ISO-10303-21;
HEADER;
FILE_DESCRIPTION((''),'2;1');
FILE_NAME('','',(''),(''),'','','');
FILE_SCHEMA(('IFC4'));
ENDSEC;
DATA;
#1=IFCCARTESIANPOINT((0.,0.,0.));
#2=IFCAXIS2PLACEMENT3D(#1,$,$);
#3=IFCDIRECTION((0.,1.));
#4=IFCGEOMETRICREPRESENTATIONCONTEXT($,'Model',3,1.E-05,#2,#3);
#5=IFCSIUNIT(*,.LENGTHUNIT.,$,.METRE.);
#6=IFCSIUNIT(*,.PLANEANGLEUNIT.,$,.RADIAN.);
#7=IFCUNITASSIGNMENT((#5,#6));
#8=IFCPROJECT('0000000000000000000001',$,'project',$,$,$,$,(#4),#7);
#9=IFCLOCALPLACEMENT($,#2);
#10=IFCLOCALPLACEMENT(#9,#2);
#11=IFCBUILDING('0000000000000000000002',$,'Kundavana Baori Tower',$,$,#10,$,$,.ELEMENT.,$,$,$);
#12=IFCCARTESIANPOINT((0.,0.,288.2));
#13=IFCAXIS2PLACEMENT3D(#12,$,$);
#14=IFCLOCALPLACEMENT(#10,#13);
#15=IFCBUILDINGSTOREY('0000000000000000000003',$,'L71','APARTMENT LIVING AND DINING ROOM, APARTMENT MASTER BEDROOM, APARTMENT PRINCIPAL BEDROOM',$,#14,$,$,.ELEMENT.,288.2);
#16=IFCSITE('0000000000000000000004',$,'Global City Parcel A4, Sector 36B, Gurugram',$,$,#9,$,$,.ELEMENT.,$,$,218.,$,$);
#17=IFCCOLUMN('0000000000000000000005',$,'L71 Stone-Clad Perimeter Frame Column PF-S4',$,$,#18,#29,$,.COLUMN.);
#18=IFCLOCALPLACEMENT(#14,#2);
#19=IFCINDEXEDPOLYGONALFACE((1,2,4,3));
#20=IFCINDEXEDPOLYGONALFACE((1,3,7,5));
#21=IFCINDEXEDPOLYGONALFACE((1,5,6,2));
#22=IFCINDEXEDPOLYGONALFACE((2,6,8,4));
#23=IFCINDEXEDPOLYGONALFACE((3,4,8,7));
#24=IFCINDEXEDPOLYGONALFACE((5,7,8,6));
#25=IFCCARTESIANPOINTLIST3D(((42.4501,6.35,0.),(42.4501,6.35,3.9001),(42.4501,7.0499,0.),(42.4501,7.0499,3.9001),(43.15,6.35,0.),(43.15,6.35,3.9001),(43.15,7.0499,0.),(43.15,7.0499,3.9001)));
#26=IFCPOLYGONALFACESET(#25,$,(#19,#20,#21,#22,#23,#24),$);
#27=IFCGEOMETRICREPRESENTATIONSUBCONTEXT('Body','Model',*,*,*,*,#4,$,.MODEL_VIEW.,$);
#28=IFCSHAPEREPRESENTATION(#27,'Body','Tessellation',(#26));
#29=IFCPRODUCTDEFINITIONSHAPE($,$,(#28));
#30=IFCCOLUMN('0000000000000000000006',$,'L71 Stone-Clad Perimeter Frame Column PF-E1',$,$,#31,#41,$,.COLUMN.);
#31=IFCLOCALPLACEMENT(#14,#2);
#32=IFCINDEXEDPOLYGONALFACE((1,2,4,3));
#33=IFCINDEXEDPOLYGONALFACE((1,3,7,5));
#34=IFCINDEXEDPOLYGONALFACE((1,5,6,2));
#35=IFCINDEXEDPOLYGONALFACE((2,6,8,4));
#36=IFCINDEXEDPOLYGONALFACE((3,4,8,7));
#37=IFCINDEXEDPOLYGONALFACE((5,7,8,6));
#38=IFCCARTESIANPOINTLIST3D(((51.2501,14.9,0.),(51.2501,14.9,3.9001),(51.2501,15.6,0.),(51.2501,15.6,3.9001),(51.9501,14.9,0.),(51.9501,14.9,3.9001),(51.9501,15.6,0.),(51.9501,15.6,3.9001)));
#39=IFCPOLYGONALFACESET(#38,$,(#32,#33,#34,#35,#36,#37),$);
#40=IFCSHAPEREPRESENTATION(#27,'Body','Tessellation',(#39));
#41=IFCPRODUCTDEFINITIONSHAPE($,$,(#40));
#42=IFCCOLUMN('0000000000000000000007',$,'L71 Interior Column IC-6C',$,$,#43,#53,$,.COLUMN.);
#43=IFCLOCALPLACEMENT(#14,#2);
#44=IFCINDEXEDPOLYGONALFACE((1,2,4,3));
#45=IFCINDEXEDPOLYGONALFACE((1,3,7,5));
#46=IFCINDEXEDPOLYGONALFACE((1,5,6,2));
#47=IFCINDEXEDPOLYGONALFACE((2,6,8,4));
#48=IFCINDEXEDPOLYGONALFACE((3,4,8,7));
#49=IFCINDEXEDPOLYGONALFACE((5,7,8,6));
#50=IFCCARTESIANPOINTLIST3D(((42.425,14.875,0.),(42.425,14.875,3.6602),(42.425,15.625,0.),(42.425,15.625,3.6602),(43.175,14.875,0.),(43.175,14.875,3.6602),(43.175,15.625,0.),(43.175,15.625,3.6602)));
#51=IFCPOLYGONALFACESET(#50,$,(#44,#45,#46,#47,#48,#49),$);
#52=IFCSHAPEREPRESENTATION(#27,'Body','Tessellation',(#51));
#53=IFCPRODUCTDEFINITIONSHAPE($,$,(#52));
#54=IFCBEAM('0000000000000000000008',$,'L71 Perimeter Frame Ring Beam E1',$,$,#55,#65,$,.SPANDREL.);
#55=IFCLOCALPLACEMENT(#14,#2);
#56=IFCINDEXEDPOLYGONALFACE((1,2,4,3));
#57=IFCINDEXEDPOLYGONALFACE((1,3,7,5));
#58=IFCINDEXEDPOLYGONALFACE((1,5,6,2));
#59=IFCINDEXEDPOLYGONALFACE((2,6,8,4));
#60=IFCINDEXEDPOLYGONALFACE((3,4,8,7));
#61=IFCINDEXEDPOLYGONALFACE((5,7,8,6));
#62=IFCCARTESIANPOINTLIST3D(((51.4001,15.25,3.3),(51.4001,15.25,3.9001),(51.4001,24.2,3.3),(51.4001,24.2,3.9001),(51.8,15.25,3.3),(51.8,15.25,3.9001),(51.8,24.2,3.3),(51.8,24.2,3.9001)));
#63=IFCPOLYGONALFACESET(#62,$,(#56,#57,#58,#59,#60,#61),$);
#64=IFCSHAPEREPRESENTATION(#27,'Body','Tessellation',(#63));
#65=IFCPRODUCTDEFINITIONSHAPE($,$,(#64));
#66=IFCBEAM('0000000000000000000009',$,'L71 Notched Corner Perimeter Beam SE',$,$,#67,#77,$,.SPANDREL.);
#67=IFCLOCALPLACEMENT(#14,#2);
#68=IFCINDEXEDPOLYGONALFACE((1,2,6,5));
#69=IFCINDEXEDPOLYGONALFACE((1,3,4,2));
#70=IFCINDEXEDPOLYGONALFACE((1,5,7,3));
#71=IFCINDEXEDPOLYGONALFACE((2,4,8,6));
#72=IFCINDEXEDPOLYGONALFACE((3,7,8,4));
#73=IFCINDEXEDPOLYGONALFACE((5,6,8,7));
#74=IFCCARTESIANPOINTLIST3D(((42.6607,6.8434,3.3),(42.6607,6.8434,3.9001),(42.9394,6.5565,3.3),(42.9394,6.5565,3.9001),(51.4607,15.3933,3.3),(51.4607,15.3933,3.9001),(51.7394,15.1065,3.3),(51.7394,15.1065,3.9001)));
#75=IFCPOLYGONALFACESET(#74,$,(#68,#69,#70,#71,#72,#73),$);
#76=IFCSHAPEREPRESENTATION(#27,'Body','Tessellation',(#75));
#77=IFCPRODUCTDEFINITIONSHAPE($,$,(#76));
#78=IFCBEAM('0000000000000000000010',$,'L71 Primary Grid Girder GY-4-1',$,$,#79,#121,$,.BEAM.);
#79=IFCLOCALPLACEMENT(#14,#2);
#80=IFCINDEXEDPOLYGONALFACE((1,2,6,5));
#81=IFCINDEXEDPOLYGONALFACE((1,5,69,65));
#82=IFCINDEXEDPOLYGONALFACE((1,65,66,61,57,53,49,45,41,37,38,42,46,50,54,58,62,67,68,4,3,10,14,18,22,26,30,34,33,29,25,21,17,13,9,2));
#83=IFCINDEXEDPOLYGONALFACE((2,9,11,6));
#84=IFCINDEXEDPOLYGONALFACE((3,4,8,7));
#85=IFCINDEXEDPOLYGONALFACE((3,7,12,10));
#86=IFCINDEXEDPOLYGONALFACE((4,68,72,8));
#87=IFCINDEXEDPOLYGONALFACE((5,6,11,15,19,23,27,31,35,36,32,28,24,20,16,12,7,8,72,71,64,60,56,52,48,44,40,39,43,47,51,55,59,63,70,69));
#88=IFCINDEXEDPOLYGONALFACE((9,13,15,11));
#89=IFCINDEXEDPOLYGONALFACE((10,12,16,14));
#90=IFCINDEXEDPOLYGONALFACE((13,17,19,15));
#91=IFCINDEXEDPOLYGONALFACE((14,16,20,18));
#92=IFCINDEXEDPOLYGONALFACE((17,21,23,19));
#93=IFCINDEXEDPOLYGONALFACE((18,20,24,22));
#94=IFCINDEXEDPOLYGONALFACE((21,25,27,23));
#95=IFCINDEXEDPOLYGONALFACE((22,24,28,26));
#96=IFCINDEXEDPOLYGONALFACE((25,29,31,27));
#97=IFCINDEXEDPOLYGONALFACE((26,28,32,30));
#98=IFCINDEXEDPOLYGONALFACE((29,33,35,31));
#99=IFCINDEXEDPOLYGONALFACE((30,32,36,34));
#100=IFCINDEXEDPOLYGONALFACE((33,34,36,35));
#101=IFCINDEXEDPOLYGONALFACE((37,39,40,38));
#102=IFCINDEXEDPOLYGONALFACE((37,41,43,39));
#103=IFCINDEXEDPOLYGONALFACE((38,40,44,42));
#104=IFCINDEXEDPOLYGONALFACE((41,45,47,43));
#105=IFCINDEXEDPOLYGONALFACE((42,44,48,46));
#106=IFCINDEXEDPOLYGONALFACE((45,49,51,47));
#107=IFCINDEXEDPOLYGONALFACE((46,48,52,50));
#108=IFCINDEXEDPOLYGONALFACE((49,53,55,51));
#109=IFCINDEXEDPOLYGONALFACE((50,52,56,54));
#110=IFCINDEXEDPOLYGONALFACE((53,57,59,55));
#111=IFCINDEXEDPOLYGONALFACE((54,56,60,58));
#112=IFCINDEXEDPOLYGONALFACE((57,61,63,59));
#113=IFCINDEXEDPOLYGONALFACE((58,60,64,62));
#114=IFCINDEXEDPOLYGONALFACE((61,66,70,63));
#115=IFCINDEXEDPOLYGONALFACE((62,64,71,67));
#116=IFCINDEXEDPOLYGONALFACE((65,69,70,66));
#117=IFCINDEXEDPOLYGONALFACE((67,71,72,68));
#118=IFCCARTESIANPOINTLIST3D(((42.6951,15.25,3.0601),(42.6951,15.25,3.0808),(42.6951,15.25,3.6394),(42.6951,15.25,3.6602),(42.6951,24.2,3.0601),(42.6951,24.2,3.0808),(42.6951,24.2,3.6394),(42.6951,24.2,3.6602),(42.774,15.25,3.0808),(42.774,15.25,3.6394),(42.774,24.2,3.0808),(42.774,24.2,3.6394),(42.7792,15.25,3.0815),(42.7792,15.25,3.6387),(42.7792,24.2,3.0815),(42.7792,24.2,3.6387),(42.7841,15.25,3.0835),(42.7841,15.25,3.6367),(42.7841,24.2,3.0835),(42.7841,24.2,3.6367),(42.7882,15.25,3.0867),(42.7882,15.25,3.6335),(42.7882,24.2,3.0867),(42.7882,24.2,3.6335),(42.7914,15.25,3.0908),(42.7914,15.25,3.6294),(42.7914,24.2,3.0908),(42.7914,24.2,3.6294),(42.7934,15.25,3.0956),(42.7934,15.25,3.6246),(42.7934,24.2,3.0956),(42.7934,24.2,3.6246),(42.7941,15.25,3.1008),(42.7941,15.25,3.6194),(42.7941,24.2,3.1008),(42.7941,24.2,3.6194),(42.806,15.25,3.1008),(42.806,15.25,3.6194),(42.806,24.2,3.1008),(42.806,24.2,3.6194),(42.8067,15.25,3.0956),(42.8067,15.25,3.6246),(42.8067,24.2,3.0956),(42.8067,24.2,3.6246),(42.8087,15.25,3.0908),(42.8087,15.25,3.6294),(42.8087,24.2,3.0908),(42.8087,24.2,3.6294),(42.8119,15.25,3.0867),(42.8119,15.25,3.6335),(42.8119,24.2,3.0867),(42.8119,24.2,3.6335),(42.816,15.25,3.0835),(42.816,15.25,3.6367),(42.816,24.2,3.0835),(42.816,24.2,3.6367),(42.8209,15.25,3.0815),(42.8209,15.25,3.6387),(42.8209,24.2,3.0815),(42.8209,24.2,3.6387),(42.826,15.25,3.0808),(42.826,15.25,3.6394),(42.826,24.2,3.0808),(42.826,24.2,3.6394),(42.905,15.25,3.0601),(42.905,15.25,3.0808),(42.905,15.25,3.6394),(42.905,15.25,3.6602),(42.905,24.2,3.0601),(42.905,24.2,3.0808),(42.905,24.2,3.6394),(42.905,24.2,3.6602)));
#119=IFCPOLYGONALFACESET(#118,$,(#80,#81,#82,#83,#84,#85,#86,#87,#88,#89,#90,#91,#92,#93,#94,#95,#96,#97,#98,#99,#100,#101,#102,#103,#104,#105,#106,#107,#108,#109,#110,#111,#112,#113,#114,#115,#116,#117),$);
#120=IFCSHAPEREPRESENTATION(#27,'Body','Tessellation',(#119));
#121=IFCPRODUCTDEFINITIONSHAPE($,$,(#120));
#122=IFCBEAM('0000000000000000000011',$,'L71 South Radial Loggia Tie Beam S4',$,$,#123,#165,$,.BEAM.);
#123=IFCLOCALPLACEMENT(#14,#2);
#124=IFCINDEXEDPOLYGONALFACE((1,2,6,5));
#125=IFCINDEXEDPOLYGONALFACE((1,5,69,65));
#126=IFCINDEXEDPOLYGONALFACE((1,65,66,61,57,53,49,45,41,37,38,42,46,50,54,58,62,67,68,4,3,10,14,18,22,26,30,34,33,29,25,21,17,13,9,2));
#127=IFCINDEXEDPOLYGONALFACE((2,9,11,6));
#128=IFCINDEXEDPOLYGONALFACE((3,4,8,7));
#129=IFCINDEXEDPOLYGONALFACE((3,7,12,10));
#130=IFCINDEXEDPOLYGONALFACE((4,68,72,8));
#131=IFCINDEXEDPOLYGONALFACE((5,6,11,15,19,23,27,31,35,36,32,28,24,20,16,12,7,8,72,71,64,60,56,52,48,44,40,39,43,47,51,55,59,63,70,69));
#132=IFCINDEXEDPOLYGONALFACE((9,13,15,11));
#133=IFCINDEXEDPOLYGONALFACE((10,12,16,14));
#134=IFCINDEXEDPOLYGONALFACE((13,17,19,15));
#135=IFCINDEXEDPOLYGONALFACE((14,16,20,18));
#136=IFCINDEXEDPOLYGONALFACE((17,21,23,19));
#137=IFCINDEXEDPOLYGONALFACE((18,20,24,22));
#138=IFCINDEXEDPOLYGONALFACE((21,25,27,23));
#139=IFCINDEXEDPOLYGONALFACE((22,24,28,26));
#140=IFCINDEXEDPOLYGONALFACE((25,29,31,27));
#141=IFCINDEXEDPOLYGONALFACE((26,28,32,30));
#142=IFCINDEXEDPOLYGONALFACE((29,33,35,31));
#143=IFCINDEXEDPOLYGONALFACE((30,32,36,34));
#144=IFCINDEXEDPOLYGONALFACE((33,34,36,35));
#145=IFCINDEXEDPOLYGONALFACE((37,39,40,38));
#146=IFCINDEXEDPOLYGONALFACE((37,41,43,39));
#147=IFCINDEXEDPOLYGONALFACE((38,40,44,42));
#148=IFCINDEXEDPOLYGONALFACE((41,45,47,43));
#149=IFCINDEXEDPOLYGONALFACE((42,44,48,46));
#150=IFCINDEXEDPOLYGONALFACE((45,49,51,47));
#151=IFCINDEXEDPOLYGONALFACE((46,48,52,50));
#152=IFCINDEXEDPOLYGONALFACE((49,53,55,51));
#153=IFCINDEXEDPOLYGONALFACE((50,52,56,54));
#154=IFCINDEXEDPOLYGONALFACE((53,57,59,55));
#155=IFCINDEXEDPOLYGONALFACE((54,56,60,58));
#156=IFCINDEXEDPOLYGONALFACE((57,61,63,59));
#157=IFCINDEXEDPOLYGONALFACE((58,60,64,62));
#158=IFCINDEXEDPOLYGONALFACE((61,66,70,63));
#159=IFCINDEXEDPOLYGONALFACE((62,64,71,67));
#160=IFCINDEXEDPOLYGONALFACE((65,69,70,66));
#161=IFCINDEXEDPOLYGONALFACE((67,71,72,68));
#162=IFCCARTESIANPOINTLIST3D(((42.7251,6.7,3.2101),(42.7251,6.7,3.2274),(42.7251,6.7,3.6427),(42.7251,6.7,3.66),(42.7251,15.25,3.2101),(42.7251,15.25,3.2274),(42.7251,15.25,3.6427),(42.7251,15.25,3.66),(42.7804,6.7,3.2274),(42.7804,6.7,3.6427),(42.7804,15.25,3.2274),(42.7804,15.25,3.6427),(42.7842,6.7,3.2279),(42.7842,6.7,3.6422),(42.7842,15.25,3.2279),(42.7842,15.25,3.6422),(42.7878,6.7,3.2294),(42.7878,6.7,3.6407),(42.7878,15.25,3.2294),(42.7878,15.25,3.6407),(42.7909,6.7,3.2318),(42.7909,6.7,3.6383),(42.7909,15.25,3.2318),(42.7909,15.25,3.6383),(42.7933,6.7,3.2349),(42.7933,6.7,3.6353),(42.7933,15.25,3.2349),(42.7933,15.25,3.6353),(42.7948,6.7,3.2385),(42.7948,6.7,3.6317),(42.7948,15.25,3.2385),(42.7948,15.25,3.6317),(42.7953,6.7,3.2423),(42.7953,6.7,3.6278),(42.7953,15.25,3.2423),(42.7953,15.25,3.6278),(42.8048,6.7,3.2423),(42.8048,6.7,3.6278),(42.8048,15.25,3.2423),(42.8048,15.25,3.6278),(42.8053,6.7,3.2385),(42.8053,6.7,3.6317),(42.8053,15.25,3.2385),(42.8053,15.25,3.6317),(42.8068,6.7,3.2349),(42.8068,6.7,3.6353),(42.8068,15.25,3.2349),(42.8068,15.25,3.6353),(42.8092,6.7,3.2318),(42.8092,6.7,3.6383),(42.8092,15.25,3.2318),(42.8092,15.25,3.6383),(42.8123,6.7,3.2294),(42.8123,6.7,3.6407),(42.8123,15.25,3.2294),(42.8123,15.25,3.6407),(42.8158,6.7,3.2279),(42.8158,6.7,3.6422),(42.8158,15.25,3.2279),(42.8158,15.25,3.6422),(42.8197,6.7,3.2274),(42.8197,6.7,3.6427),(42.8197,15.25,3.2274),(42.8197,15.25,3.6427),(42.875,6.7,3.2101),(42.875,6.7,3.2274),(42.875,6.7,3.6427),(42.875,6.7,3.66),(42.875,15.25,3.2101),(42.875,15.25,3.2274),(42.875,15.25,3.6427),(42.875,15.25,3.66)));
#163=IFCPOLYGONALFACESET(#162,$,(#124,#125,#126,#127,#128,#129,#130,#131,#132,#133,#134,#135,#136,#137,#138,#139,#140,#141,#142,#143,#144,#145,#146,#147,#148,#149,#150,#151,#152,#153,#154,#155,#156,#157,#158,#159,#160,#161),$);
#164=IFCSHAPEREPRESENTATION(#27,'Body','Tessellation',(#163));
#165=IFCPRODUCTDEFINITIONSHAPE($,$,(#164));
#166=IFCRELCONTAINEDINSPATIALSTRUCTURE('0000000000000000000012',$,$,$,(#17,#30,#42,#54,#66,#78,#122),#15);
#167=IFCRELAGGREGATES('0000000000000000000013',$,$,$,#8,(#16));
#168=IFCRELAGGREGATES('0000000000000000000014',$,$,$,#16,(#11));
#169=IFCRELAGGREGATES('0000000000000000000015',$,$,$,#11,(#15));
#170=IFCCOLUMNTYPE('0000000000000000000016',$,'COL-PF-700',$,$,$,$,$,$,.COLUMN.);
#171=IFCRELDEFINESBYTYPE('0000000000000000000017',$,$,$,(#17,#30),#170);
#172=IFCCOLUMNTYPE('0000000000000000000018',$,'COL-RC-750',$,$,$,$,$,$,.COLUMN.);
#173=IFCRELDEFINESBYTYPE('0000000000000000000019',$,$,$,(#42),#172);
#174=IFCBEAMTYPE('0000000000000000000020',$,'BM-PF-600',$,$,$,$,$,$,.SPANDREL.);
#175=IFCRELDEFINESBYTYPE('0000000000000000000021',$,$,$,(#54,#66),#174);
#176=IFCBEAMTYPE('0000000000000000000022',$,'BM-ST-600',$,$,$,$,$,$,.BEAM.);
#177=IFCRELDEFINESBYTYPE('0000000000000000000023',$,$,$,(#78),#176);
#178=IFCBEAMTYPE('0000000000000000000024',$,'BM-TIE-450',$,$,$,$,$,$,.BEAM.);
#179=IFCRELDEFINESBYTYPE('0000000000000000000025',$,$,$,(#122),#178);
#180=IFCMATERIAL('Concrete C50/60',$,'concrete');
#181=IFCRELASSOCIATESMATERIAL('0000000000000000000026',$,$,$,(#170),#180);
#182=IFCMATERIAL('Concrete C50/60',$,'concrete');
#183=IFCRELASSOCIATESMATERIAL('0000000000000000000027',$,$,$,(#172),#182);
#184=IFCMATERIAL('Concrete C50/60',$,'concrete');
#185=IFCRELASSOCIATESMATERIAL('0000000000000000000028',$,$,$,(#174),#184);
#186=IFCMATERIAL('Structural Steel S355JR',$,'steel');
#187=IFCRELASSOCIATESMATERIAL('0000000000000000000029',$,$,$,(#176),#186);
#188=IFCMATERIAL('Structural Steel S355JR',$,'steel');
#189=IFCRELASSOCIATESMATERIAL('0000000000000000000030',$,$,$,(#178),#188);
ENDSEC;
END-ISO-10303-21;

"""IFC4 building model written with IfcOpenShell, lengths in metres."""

from ifc_helpers import new_model, si_unit, direction, frame, origin, origin_2d, place, context, subcontext, project, spatial, rectangle, i_section, extrude, material, material_profile, profile_set, type_object, element, save


model = new_model("IFC4")

# Units and contexts
model_context = context("Model", 3, precision=1e-05, world=origin(), true_north=direction((0.0, 1.0)))
body_context = subcontext(model_context, "Body", "Model", "MODEL_VIEW")
ifc_project = project(units=[si_unit("LENGTHUNIT", "METRE"), si_unit("PLANEANGLEUNIT", "RADIAN")], contexts=[model_context])

# Site, building, storey
site_placement = place(None, origin())
site = spatial("IfcSite", under=ifc_project, at=site_placement, Name="Global City Parcel A4, Sector 36B, Gurugram", CompositionType="ELEMENT", RefElevation=218.0)
building_placement = place(site_placement, origin())
building = spatial("IfcBuilding", under=site, at=building_placement, Name="Kundavana Baori Tower", CompositionType="ELEMENT")
storey_placement = place(building_placement, frame((0.0, 0.0, 288.2)))
storey = spatial("IfcBuildingStorey", under=building, at=storey_placement, Name="L71", Description="APARTMENT LIVING AND DINING ROOM, APARTMENT MASTER BEDROOM, APARTMENT PRINCIPAL BEDROOM", CompositionType="ELEMENT", Elevation=288.2)

# Columns
ifc_material_1 = material(Name="Concrete C50/60", Category="concrete")
ifc_material_profile_1 = material_profile(ifc_material_1, rectangle(XDim=0.7, YDim=0.7, at=origin_2d()), Name="RC PF 700x700")
ifc_profile_set_1 = profile_set([ifc_material_profile_1], Name="Concrete C50/60")
column_type_1 = type_object("IfcColumnType", Name="COL-PF-700", PredefinedType="COLUMN", material=ifc_profile_set_1)
for number, where, z_axis, x_axis, name in (
    (1, (42.8, 6.7, 0.0), (0.0, 0.0, 1.0), (1.0, 0.0, 0.0), "L71 Stone-Clad Perimeter Frame Column PF-S4"),
    (2, (51.6001, 15.25, 0.0), (0.0, 0.0, 1.0), (1.0, 0.0, 0.0), "L71 Stone-Clad Perimeter Frame Column PF-E1"),
):
    element("IfcColumn", number, at=place(storey_placement, frame(where, z_axis=z_axis, x_axis=x_axis)), inside=storey, type_object=column_type_1, Name=name, PredefinedType="COLUMN", context=body_context, shape_type="SweptSolid", body=[
        extrude(rectangle(XDim=0.7, YDim=0.7, at=origin_2d()), origin(), (0.0, 0.0, 1.0), 3.9001),
    ])
ifc_material_2 = material(Name="Concrete C50/60", Category="concrete")
ifc_material_profile_2 = material_profile(ifc_material_2, rectangle(XDim=0.75, YDim=0.75, at=origin_2d()), Name="RC 750x750")
ifc_profile_set_2 = profile_set([ifc_material_profile_2], Name="Concrete C50/60")
column_type_2 = type_object("IfcColumnType", Name="COL-RC-750", PredefinedType="COLUMN", material=ifc_profile_set_2)
column_placement = place(storey_placement, frame((42.8, 15.25, 0.0), z_axis=(0.0, 0.0, 1.0), x_axis=(1.0, 0.0, 0.0)))
element("IfcColumn", 3, at=column_placement, inside=storey, type_object=column_type_2, Name="L71 Interior Column IC-6C", PredefinedType="COLUMN", context=body_context, shape_type="SweptSolid", body=[
    extrude(rectangle(XDim=0.75, YDim=0.75, at=origin_2d()), origin(), (0.0, 0.0, 1.0), 3.6602),
])

# Beams
ifc_material_3 = material(Name="Concrete C50/60", Category="concrete")
ifc_material_profile_3 = material_profile(ifc_material_3, rectangle(XDim=0.3999, YDim=0.6001, at=origin_2d()), Name="RC BM 400x600")
ifc_profile_set_3 = profile_set([ifc_material_profile_3], Name="Concrete C50/60")
beam_type_1 = type_object("IfcBeamType", Name="BM-PF-600", PredefinedType="SPANDREL", material=ifc_profile_set_3)
beam_1_placement = place(storey_placement, frame((51.6001, 15.25, 3.6001), z_axis=(0.0, 1.0, 0.0), x_axis=(-1.0, 0.0, 0.0)))
element("IfcBeam", 4, at=beam_1_placement, inside=storey, type_object=beam_type_1, Name="L71 Perimeter Frame Ring Beam E1", PredefinedType="SPANDREL", context=body_context, shape_type="SweptSolid", body=[
    extrude(rectangle(XDim=0.3999, YDim=0.6001, at=origin_2d()), origin(), (0.0, 0.0, 1.0), 8.95),
])
beam_2_placement = place(storey_placement, frame((42.8, 6.7, 3.6001), z_axis=(0.717221, 0.696846, 0.0), x_axis=(-0.696846, 0.717221, 0.0)))
element("IfcBeam", 5, at=beam_2_placement, inside=storey, type_object=beam_type_1, Name="L71 Notched Corner Perimeter Beam SE", PredefinedType="SPANDREL", context=body_context, shape_type="SweptSolid", body=[
    extrude(rectangle(XDim=0.3999, YDim=0.6001, at=origin_2d()), origin(), (0.0, 0.0, 1.0), 12.2695),
])
ifc_material_4 = material(Name="Structural Steel S355JR", Category="steel")
ifc_material_profile_4 = material_profile(ifc_material_4, i_section(OverallWidth=0.21, OverallDepth=0.6001, WebThickness=0.012, FlangeThickness=0.0208, FilletRadius=0.02, at=origin_2d()), Name="ISMB 600")
ifc_profile_set_4 = profile_set([ifc_material_profile_4], Name="Structural Steel S355JR")
beam_type_2 = type_object("IfcBeamType", Name="BM-ST-600", PredefinedType="BEAM", material=ifc_profile_set_4)
beam_3_placement = place(storey_placement, frame((42.8, 15.25, 3.3601), z_axis=(0.0, 1.0, 0.0), x_axis=(-1.0, 0.0, 0.0)))
element("IfcBeam", 6, at=beam_3_placement, inside=storey, type_object=beam_type_2, Name="L71 Primary Grid Girder GY-4-1", PredefinedType="BEAM", context=body_context, shape_type="SweptSolid", body=[
    extrude(i_section(OverallWidth=0.21, OverallDepth=0.6001, WebThickness=0.012, FlangeThickness=0.0208, FilletRadius=0.02, at=origin_2d()), origin(), (0.0, 0.0, 1.0), 8.95),
])
ifc_material_5 = material(Name="Structural Steel S355JR", Category="steel")
ifc_material_profile_5 = material_profile(ifc_material_5, i_section(OverallWidth=0.1499, OverallDepth=0.45, WebThickness=0.0095, FlangeThickness=0.0173, FilletRadius=0.0149, at=origin_2d()), Name="ISMB 450")
ifc_profile_set_5 = profile_set([ifc_material_profile_5], Name="Structural Steel S355JR")
beam_type_3 = type_object("IfcBeamType", Name="BM-TIE-450", PredefinedType="BEAM", material=ifc_profile_set_5)
beam_4_placement = place(storey_placement, frame((42.8, 15.25, 3.4351), z_axis=(0.0, -1.0, 0.0), x_axis=(1.0, 0.0, 0.0)))
element("IfcBeam", 7, at=beam_4_placement, inside=storey, type_object=beam_type_3, Name="L71 South Radial Loggia Tie Beam S4", PredefinedType="BEAM", context=body_context, shape_type="SweptSolid", body=[
    extrude(i_section(OverallWidth=0.1499, OverallDepth=0.45, WebThickness=0.0095, FlangeThickness=0.0173, FilletRadius=0.0149, at=origin_2d()), origin(), (0.0, 0.0, 1.0), 8.55),
])

save(model, "model.ifc")
